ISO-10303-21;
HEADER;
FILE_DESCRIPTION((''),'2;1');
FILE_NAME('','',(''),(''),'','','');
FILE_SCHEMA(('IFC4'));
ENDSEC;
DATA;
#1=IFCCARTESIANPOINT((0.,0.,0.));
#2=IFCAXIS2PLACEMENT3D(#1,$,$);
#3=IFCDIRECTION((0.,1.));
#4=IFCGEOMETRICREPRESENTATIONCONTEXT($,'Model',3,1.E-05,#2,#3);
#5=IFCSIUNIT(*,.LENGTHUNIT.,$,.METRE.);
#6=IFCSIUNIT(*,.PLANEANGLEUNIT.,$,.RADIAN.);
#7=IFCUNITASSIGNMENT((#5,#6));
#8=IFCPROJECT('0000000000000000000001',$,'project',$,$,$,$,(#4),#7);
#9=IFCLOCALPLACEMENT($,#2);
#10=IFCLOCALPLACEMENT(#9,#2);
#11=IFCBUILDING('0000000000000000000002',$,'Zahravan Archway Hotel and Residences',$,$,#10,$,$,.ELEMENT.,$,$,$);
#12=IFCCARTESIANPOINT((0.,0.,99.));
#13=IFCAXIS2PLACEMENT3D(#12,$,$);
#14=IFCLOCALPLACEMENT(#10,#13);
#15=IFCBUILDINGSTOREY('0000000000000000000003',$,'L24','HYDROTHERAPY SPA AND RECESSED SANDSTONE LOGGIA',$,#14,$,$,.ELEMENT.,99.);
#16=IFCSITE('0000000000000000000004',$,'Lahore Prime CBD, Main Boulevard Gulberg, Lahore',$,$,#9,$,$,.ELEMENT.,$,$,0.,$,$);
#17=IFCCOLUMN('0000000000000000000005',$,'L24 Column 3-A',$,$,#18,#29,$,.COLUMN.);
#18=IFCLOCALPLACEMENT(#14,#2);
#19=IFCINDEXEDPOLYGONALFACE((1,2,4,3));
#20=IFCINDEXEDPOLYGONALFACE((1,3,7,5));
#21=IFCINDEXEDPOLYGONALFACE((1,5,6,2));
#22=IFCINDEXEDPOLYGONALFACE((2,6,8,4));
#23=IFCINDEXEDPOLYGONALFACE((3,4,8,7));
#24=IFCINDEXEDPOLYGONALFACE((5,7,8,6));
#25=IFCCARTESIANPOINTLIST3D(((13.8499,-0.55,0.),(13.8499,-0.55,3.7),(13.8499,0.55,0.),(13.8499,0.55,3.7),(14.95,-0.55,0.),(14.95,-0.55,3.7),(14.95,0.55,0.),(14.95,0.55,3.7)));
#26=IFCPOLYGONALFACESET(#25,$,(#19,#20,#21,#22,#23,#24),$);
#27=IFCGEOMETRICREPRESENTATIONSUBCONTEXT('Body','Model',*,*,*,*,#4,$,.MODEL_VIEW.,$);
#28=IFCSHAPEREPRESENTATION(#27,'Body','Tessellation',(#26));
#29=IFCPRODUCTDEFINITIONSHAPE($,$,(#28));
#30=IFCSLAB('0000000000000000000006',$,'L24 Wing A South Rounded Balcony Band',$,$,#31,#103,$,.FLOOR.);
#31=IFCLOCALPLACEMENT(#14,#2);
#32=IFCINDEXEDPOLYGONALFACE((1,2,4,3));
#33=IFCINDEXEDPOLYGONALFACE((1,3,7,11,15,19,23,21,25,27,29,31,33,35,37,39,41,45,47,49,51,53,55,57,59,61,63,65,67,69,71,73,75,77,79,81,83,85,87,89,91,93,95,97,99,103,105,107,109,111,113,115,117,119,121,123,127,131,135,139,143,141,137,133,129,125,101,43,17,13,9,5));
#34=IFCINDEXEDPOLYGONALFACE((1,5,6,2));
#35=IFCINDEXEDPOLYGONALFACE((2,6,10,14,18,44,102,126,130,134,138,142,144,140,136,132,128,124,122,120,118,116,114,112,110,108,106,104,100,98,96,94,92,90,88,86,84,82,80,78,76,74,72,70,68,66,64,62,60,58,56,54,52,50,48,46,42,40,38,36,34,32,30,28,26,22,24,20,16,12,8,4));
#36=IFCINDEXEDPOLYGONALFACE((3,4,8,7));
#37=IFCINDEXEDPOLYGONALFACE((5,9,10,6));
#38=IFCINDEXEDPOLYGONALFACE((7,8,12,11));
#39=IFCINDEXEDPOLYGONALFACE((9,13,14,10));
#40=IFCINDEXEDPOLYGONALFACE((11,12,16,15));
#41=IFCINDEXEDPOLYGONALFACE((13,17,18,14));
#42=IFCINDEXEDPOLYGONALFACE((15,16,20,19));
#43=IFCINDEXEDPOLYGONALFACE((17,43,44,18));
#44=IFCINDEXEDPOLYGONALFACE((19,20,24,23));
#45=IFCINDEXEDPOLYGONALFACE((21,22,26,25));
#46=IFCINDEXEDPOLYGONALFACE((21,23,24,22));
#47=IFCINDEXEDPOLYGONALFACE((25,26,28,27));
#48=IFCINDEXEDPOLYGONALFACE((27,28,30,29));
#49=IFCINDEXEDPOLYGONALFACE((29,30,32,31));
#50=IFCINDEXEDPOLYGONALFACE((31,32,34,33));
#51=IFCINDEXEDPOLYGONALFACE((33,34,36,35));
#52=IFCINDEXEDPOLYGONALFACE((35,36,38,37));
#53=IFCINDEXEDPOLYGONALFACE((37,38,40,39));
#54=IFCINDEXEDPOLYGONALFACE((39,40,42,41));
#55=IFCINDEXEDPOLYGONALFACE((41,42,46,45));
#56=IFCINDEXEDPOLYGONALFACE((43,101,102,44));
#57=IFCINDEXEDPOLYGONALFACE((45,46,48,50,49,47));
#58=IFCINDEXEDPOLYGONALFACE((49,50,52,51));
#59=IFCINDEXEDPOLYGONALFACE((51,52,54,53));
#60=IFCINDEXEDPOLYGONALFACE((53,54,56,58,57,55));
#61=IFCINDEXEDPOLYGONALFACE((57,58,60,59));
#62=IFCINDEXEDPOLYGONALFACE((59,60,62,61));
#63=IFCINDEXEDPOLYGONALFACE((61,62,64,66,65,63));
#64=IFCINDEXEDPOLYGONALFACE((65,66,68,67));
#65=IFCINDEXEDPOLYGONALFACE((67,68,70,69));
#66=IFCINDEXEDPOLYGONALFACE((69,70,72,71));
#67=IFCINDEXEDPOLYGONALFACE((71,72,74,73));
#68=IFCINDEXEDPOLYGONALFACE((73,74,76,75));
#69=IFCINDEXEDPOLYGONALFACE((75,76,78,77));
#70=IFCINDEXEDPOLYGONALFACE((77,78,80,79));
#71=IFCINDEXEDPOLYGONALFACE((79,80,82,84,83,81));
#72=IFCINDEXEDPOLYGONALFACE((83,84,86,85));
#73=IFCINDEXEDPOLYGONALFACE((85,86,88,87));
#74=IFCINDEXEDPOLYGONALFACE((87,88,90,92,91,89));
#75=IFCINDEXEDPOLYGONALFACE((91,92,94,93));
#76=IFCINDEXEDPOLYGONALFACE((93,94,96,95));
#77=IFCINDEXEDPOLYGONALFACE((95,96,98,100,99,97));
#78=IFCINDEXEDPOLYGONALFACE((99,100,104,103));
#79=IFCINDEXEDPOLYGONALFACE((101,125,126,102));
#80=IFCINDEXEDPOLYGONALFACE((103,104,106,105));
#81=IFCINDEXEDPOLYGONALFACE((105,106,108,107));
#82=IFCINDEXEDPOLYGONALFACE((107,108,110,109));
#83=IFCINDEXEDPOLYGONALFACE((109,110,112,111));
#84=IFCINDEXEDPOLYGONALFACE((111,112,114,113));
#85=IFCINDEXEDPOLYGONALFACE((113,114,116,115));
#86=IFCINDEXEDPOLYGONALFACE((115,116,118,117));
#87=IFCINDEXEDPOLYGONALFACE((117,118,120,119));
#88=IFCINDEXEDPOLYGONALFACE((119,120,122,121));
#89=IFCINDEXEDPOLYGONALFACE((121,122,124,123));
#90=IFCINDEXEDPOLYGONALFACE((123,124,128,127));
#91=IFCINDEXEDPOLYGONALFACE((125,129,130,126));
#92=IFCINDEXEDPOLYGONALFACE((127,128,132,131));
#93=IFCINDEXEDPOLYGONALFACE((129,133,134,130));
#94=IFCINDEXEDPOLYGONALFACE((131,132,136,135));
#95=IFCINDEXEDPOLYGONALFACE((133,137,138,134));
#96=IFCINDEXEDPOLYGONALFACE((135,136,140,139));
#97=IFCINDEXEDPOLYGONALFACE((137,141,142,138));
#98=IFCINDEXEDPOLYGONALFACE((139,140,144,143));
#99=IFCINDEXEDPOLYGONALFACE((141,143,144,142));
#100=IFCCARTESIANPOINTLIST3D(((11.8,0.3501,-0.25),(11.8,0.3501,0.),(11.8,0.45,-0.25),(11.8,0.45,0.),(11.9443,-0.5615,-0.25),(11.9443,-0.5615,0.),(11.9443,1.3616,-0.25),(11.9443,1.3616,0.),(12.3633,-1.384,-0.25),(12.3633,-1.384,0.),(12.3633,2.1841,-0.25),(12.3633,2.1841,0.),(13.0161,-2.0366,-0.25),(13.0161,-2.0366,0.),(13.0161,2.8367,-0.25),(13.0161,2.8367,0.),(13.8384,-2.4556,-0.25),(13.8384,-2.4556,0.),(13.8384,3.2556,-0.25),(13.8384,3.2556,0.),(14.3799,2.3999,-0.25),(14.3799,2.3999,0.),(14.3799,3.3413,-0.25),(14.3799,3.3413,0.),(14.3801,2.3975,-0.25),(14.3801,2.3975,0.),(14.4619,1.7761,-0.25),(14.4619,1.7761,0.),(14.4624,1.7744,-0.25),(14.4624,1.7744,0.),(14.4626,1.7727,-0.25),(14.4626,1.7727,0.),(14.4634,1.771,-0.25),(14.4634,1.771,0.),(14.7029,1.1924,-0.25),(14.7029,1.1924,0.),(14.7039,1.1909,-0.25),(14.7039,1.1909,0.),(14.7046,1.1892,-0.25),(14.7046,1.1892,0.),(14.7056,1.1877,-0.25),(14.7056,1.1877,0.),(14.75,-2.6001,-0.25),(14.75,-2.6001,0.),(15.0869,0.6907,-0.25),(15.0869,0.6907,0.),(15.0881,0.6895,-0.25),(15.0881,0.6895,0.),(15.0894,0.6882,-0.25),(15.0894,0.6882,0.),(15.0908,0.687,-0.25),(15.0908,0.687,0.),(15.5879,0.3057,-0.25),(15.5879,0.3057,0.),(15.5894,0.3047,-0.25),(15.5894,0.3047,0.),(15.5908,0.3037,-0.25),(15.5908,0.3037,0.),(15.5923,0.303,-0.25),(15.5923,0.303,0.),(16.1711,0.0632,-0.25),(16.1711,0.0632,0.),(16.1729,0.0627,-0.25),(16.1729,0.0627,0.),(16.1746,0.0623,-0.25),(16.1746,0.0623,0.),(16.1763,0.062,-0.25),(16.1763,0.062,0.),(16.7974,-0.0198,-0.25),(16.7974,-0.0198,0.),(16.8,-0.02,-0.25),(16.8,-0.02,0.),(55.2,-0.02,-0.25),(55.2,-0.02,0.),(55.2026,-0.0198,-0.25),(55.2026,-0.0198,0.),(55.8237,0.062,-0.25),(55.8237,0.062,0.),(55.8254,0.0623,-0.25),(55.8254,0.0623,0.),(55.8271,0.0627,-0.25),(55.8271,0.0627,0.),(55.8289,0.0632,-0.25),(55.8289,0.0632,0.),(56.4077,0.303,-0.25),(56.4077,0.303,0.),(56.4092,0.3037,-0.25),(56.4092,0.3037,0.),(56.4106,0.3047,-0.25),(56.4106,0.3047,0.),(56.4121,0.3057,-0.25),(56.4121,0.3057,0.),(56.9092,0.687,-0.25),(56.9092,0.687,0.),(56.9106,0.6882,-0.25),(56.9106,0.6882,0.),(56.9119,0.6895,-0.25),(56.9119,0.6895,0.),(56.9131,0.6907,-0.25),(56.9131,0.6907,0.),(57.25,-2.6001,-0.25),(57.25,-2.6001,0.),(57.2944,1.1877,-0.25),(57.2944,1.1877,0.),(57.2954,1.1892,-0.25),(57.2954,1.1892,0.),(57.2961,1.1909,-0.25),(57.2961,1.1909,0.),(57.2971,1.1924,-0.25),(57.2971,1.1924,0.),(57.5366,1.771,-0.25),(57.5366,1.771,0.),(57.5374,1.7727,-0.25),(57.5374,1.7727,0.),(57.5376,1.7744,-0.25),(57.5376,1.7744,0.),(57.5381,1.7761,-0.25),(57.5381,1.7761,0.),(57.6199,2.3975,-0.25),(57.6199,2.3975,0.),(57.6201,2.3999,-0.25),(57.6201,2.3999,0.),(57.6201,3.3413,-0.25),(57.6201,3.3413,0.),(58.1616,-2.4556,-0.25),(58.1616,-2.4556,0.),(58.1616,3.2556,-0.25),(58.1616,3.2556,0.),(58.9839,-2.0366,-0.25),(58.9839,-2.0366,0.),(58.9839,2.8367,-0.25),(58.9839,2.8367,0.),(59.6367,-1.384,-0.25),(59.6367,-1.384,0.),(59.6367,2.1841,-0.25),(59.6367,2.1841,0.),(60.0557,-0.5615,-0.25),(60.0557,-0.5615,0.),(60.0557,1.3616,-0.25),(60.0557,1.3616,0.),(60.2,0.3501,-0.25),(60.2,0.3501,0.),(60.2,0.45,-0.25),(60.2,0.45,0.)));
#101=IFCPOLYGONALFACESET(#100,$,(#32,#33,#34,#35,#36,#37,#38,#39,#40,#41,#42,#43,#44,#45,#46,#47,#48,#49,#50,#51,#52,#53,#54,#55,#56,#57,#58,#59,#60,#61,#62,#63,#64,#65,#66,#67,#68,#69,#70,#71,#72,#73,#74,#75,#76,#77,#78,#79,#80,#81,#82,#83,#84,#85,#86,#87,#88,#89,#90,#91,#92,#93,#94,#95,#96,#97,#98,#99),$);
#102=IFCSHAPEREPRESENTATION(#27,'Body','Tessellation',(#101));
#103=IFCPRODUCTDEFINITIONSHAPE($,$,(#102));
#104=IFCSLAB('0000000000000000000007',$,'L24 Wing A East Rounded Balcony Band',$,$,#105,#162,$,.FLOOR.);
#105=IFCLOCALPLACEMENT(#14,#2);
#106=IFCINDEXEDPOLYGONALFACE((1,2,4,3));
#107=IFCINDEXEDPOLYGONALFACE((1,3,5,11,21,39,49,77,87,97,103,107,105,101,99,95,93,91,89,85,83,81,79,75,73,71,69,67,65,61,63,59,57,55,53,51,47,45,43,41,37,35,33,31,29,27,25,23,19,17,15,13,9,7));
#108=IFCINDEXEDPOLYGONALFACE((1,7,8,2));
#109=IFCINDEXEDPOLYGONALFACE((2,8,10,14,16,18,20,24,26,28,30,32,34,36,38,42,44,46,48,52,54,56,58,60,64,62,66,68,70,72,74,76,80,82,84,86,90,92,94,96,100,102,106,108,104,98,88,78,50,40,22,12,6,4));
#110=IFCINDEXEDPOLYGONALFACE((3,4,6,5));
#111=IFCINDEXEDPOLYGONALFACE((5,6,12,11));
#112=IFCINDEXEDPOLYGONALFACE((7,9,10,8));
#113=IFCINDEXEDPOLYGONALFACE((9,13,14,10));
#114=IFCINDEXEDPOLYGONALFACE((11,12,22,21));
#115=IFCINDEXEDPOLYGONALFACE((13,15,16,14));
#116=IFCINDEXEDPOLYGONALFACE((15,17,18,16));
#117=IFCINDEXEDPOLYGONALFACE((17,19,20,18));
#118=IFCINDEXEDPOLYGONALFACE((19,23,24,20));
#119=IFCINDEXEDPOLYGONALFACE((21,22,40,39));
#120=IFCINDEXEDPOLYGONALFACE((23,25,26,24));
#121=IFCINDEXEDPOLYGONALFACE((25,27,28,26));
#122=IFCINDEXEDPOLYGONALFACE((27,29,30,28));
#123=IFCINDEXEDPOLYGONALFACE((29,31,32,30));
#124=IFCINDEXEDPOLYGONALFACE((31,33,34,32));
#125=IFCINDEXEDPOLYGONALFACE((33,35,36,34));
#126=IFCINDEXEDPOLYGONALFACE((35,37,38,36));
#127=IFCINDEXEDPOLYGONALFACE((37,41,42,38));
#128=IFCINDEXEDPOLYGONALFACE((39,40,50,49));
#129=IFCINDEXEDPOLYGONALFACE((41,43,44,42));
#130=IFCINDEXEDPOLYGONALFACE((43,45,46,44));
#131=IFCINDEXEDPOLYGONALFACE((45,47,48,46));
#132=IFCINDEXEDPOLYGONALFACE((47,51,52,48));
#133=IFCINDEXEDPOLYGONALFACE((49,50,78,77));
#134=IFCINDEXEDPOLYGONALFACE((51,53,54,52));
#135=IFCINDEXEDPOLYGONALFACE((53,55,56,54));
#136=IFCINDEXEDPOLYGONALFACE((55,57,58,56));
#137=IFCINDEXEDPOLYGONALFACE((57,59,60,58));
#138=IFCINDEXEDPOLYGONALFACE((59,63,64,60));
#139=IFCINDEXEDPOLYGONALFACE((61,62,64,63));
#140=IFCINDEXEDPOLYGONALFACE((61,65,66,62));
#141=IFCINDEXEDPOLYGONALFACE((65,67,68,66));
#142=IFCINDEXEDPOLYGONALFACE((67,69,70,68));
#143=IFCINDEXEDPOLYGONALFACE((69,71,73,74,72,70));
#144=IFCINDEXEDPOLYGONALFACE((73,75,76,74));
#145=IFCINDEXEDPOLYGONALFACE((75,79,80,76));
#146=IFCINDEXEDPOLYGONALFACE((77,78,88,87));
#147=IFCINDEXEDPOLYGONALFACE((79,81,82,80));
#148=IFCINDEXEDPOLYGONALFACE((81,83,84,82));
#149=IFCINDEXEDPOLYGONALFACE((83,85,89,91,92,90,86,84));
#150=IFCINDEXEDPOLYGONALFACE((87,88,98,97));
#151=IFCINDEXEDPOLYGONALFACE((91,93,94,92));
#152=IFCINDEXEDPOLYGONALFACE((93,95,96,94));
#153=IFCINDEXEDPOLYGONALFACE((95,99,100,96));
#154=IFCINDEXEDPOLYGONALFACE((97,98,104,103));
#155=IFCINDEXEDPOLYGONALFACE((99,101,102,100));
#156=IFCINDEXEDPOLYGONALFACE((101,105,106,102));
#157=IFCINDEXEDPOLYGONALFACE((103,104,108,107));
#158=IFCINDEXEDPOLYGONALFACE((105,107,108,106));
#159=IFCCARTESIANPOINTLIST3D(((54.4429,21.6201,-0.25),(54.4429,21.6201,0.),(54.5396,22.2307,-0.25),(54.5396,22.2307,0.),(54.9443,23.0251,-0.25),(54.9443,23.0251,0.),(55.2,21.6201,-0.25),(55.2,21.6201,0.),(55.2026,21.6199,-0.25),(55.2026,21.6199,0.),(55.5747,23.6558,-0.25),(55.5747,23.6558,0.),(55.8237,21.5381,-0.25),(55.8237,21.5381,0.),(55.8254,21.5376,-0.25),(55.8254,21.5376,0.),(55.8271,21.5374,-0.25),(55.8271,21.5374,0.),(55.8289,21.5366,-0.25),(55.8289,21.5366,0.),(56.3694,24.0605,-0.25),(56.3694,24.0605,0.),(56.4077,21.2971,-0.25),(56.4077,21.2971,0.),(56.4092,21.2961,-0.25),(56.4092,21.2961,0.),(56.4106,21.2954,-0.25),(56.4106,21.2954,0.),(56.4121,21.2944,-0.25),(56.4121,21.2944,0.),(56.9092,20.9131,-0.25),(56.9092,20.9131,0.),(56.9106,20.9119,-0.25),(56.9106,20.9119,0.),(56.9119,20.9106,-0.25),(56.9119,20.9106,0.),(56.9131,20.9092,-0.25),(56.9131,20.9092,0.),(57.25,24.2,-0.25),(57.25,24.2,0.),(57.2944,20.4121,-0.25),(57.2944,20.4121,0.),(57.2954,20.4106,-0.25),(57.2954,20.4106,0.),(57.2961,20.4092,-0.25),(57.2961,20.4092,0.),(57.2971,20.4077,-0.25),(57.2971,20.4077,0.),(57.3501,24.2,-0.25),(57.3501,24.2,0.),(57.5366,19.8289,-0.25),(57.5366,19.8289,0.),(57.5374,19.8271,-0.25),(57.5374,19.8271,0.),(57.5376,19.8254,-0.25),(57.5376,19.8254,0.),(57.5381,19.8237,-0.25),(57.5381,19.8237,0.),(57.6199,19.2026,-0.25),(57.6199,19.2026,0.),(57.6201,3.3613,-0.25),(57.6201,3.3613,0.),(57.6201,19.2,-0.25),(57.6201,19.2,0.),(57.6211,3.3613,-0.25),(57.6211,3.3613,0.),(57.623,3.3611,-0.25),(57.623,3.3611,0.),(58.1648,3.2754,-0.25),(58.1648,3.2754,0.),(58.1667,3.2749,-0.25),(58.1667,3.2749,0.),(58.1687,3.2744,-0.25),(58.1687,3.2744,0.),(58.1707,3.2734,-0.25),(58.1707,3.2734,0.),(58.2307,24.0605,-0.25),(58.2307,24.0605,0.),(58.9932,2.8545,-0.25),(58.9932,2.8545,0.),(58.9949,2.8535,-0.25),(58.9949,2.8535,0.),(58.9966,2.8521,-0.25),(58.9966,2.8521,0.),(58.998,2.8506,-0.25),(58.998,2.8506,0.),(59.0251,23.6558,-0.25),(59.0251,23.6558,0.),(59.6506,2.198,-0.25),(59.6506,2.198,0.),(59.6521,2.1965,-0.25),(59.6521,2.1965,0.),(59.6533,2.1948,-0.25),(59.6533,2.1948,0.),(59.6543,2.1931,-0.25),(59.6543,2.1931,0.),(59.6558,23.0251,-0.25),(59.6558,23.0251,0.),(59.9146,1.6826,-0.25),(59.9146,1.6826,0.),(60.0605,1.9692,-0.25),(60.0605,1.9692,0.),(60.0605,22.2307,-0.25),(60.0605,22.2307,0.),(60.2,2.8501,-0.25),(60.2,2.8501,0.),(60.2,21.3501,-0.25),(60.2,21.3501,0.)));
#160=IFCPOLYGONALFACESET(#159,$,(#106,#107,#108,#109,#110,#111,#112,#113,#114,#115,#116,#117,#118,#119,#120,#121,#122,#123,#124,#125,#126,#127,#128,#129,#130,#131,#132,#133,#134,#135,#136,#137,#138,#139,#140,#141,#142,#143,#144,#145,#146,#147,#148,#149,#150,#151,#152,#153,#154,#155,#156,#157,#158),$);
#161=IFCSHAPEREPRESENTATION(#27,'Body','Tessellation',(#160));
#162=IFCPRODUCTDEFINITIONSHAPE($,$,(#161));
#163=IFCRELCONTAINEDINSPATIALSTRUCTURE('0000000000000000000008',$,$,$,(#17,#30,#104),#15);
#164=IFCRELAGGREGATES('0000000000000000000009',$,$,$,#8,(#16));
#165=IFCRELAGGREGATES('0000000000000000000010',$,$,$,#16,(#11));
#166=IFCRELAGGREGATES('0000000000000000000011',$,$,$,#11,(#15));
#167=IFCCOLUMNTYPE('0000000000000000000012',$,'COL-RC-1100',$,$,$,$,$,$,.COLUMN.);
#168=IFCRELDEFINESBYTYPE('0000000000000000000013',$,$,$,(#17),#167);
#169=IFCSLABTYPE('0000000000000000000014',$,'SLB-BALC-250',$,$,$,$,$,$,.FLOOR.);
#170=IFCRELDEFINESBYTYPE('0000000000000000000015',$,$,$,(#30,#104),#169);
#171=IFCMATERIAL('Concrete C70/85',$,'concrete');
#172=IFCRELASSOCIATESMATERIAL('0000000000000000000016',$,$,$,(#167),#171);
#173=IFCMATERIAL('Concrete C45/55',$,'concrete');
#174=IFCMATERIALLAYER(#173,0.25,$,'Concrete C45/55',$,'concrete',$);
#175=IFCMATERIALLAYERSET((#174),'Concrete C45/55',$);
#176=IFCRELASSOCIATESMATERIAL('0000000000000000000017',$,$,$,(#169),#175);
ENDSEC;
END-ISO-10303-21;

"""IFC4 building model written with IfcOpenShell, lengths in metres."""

from ifc_helpers import new_model, si_unit, direction, frame, origin, origin_2d, place, context, subcontext, project, spatial, polyline, rectangle, outline, extrude, source, transform, mapped, material, layer, layer_set, material_profile, profile_set, type_object, element, save


model = new_model("IFC4")

# Units and contexts
model_context = context("Model", 3, precision=1e-05, world=origin(), true_north=direction((0.0, 1.0)))
body_context = subcontext(model_context, "Body", "Model", "MODEL_VIEW")
ifc_project = project(units=[si_unit("LENGTHUNIT", "METRE"), si_unit("PLANEANGLEUNIT", "RADIAN")], contexts=[model_context])

# Site, building, storey
site_placement = place(None, origin())
site = spatial("IfcSite", under=ifc_project, at=site_placement, Name="Lahore Prime CBD, Main Boulevard Gulberg, Lahore", CompositionType="ELEMENT", RefElevation=0.0)
building_placement = place(site_placement, origin())
building = spatial("IfcBuilding", under=site, at=building_placement, Name="Zahravan Archway Hotel and Residences", CompositionType="ELEMENT")
storey_placement = place(building_placement, frame((0.0, 0.0, 99.0)))
storey = spatial("IfcBuildingStorey", under=building, at=storey_placement, Name="L24", Description="HYDROTHERAPY SPA AND RECESSED SANDSTONE LOGGIA", CompositionType="ELEMENT", Elevation=99.0)

# Column
ifc_material_1 = material(Name="Concrete C70/85", Category="concrete")
ifc_material_profile = material_profile(ifc_material_1, rectangle(XDim=1.1001, YDim=1.1001, at=origin_2d()), Name="RC 1100x1100", Category="concrete")
ifc_profile_set = profile_set([ifc_material_profile], Name="Concrete C70/85")
column_type = type_object("IfcColumnType", Name="COL-RC-1100", PredefinedType="COLUMN", material=ifc_profile_set)
shared_shape = source(origin(), body_context, "Body", "SweptSolid", [
    extrude(rectangle(XDim=1.1001, YDim=1.1001, at=origin_2d()), origin(), (0.0, 0.0, 1.0), 3.7),
])
column_placement = place(storey_placement, frame((14.3999, 0.0, 0.0), z_axis=(0.0, 0.0, 1.0), x_axis=(1.0, 0.0, 0.0)))
element("IfcColumn", 1, at=column_placement, inside=storey, type_object=column_type, Name="L24 Column 3-A", PredefinedType="COLUMN", context=body_context, shape_type="MappedRepresentation", body=[
    mapped(shared_shape, transform((0.0, 0.0, 0.0), scale=1.0)),
])

# Slabs
ifc_material_2 = material(Name="Concrete C45/55", Category="concrete")
ifc_layer_1 = layer(ifc_material_2, 0.25, Name="Concrete C45/55", Category="concrete")
ifc_layer_set_1 = layer_set([ifc_layer_1], Name="Concrete C45/55")
slab_type_1 = type_object("IfcSlabType", Name="SLB-BALC-250", PredefinedType="FLOOR", material=ifc_layer_set_1)
slab_1_placement = place(storey_placement, frame((0.0, 0.0, -0.25)))
element("IfcSlab", 2, at=slab_1_placement, inside=storey, type_object=slab_type_1, Name="L24 Wing A South Rounded Balcony Band", PredefinedType="FLOOR", context=body_context, shape_type="SweptSolid", body=[
    extrude(outline(polyline([(58.1616, 3.2556), (58.9839, 2.8367), (59.6367, 2.1841), (60.0557, 1.3616), (60.2, 0.45), (60.2, 0.3501), (60.0557, -0.5615), (59.6367, -1.384), (58.9839, -2.0366), (58.1616, -2.4556), (57.25, -2.6001), (14.75, -2.6001), (13.8384, -2.4556), (13.0161, -2.0366), (12.3633, -1.384), (11.9443, -0.5615), (11.8, 0.3501), (11.8, 0.45), (11.9443, 1.3616), (12.3633, 2.1841), (13.0161, 2.8367), (13.8384, 3.2556), (14.3799, 3.3413), (14.3799, 2.3999), (14.3801, 2.3975), (14.4619, 1.7761), (14.4624, 1.7744), (14.4626, 1.7727), (14.4634, 1.771), (14.7029, 1.1924), (14.7039, 1.1909), (14.7046, 1.1892), (14.7056, 1.1877), (15.0869, 0.6907), (15.0881, 0.6895), (15.0894, 0.6882), (15.0908, 0.687), (15.5879, 0.3057), (15.5894, 0.3047), (15.5908, 0.3037), (15.5923, 0.303), (16.1711, 0.0632), (16.1729, 0.0627), (16.1746, 0.0623), (16.1763, 0.062), (16.7974, -0.0198), (16.8, -0.02), (55.2, -0.02), (55.2026, -0.0198), (55.8237, 0.062), (55.8254, 0.0623), (55.8271, 0.0627), (55.8289, 0.0632), (56.4077, 0.303), (56.4092, 0.3037), (56.4106, 0.3047), (56.4121, 0.3057), (56.9092, 0.687), (56.9106, 0.6882), (56.9119, 0.6895), (56.9131, 0.6907), (57.2944, 1.1877), (57.2954, 1.1892), (57.2961, 1.1909), (57.2971, 1.1924), (57.5366, 1.771), (57.5374, 1.7727), (57.5376, 1.7744), (57.5381, 1.7761), (57.6199, 2.3975), (57.6201, 2.3999), (57.6201, 3.3413), (58.1616, 3.2556)])), origin(), (0.0, 0.0, 1.0), 0.25),
])
slab_2_placement = place(storey_placement, frame((0.0, 0.0, -0.25)))
element("IfcSlab", 3, at=slab_2_placement, inside=storey, type_object=slab_type_1, Name="L24 Wing A East Rounded Balcony Band", PredefinedType="FLOOR", context=body_context, shape_type="SweptSolid", body=[
    extrude(outline(polyline([(54.5396, 22.2307), (54.9443, 23.0251), (55.5747, 23.6558), (56.3694, 24.0605), (57.25, 24.2), (57.3501, 24.2), (58.2307, 24.0605), (59.0251, 23.6558), (59.6558, 23.0251), (60.0605, 22.2307), (60.2, 21.3501), (60.2, 2.8501), (60.0605, 1.9692), (59.9146, 1.6826), (59.6543, 2.1931), (59.6533, 2.1948), (59.6521, 2.1965), (59.6506, 2.198), (58.998, 2.8506), (58.9966, 2.8521), (58.9949, 2.8535), (58.9932, 2.8545), (58.1707, 3.2734), (58.1687, 3.2744), (58.1667, 3.2749), (58.1648, 3.2754), (57.623, 3.3611), (57.6211, 3.3613), (57.6201, 3.3613), (57.6201, 19.2), (57.6199, 19.2026), (57.5381, 19.8237), (57.5376, 19.8254), (57.5374, 19.8271), (57.5366, 19.8289), (57.2971, 20.4077), (57.2961, 20.4092), (57.2954, 20.4106), (57.2944, 20.4121), (56.9131, 20.9092), (56.9119, 20.9106), (56.9106, 20.9119), (56.9092, 20.9131), (56.4121, 21.2944), (56.4106, 21.2954), (56.4092, 21.2961), (56.4077, 21.2971), (55.8289, 21.5366), (55.8271, 21.5374), (55.8254, 21.5376), (55.8237, 21.5381), (55.2026, 21.6199), (55.2, 21.6201), (54.4429, 21.6201), (54.5396, 22.2307)])), origin(), (0.0, 0.0, 1.0), 0.25),
])

save(model, "model.ifc")
